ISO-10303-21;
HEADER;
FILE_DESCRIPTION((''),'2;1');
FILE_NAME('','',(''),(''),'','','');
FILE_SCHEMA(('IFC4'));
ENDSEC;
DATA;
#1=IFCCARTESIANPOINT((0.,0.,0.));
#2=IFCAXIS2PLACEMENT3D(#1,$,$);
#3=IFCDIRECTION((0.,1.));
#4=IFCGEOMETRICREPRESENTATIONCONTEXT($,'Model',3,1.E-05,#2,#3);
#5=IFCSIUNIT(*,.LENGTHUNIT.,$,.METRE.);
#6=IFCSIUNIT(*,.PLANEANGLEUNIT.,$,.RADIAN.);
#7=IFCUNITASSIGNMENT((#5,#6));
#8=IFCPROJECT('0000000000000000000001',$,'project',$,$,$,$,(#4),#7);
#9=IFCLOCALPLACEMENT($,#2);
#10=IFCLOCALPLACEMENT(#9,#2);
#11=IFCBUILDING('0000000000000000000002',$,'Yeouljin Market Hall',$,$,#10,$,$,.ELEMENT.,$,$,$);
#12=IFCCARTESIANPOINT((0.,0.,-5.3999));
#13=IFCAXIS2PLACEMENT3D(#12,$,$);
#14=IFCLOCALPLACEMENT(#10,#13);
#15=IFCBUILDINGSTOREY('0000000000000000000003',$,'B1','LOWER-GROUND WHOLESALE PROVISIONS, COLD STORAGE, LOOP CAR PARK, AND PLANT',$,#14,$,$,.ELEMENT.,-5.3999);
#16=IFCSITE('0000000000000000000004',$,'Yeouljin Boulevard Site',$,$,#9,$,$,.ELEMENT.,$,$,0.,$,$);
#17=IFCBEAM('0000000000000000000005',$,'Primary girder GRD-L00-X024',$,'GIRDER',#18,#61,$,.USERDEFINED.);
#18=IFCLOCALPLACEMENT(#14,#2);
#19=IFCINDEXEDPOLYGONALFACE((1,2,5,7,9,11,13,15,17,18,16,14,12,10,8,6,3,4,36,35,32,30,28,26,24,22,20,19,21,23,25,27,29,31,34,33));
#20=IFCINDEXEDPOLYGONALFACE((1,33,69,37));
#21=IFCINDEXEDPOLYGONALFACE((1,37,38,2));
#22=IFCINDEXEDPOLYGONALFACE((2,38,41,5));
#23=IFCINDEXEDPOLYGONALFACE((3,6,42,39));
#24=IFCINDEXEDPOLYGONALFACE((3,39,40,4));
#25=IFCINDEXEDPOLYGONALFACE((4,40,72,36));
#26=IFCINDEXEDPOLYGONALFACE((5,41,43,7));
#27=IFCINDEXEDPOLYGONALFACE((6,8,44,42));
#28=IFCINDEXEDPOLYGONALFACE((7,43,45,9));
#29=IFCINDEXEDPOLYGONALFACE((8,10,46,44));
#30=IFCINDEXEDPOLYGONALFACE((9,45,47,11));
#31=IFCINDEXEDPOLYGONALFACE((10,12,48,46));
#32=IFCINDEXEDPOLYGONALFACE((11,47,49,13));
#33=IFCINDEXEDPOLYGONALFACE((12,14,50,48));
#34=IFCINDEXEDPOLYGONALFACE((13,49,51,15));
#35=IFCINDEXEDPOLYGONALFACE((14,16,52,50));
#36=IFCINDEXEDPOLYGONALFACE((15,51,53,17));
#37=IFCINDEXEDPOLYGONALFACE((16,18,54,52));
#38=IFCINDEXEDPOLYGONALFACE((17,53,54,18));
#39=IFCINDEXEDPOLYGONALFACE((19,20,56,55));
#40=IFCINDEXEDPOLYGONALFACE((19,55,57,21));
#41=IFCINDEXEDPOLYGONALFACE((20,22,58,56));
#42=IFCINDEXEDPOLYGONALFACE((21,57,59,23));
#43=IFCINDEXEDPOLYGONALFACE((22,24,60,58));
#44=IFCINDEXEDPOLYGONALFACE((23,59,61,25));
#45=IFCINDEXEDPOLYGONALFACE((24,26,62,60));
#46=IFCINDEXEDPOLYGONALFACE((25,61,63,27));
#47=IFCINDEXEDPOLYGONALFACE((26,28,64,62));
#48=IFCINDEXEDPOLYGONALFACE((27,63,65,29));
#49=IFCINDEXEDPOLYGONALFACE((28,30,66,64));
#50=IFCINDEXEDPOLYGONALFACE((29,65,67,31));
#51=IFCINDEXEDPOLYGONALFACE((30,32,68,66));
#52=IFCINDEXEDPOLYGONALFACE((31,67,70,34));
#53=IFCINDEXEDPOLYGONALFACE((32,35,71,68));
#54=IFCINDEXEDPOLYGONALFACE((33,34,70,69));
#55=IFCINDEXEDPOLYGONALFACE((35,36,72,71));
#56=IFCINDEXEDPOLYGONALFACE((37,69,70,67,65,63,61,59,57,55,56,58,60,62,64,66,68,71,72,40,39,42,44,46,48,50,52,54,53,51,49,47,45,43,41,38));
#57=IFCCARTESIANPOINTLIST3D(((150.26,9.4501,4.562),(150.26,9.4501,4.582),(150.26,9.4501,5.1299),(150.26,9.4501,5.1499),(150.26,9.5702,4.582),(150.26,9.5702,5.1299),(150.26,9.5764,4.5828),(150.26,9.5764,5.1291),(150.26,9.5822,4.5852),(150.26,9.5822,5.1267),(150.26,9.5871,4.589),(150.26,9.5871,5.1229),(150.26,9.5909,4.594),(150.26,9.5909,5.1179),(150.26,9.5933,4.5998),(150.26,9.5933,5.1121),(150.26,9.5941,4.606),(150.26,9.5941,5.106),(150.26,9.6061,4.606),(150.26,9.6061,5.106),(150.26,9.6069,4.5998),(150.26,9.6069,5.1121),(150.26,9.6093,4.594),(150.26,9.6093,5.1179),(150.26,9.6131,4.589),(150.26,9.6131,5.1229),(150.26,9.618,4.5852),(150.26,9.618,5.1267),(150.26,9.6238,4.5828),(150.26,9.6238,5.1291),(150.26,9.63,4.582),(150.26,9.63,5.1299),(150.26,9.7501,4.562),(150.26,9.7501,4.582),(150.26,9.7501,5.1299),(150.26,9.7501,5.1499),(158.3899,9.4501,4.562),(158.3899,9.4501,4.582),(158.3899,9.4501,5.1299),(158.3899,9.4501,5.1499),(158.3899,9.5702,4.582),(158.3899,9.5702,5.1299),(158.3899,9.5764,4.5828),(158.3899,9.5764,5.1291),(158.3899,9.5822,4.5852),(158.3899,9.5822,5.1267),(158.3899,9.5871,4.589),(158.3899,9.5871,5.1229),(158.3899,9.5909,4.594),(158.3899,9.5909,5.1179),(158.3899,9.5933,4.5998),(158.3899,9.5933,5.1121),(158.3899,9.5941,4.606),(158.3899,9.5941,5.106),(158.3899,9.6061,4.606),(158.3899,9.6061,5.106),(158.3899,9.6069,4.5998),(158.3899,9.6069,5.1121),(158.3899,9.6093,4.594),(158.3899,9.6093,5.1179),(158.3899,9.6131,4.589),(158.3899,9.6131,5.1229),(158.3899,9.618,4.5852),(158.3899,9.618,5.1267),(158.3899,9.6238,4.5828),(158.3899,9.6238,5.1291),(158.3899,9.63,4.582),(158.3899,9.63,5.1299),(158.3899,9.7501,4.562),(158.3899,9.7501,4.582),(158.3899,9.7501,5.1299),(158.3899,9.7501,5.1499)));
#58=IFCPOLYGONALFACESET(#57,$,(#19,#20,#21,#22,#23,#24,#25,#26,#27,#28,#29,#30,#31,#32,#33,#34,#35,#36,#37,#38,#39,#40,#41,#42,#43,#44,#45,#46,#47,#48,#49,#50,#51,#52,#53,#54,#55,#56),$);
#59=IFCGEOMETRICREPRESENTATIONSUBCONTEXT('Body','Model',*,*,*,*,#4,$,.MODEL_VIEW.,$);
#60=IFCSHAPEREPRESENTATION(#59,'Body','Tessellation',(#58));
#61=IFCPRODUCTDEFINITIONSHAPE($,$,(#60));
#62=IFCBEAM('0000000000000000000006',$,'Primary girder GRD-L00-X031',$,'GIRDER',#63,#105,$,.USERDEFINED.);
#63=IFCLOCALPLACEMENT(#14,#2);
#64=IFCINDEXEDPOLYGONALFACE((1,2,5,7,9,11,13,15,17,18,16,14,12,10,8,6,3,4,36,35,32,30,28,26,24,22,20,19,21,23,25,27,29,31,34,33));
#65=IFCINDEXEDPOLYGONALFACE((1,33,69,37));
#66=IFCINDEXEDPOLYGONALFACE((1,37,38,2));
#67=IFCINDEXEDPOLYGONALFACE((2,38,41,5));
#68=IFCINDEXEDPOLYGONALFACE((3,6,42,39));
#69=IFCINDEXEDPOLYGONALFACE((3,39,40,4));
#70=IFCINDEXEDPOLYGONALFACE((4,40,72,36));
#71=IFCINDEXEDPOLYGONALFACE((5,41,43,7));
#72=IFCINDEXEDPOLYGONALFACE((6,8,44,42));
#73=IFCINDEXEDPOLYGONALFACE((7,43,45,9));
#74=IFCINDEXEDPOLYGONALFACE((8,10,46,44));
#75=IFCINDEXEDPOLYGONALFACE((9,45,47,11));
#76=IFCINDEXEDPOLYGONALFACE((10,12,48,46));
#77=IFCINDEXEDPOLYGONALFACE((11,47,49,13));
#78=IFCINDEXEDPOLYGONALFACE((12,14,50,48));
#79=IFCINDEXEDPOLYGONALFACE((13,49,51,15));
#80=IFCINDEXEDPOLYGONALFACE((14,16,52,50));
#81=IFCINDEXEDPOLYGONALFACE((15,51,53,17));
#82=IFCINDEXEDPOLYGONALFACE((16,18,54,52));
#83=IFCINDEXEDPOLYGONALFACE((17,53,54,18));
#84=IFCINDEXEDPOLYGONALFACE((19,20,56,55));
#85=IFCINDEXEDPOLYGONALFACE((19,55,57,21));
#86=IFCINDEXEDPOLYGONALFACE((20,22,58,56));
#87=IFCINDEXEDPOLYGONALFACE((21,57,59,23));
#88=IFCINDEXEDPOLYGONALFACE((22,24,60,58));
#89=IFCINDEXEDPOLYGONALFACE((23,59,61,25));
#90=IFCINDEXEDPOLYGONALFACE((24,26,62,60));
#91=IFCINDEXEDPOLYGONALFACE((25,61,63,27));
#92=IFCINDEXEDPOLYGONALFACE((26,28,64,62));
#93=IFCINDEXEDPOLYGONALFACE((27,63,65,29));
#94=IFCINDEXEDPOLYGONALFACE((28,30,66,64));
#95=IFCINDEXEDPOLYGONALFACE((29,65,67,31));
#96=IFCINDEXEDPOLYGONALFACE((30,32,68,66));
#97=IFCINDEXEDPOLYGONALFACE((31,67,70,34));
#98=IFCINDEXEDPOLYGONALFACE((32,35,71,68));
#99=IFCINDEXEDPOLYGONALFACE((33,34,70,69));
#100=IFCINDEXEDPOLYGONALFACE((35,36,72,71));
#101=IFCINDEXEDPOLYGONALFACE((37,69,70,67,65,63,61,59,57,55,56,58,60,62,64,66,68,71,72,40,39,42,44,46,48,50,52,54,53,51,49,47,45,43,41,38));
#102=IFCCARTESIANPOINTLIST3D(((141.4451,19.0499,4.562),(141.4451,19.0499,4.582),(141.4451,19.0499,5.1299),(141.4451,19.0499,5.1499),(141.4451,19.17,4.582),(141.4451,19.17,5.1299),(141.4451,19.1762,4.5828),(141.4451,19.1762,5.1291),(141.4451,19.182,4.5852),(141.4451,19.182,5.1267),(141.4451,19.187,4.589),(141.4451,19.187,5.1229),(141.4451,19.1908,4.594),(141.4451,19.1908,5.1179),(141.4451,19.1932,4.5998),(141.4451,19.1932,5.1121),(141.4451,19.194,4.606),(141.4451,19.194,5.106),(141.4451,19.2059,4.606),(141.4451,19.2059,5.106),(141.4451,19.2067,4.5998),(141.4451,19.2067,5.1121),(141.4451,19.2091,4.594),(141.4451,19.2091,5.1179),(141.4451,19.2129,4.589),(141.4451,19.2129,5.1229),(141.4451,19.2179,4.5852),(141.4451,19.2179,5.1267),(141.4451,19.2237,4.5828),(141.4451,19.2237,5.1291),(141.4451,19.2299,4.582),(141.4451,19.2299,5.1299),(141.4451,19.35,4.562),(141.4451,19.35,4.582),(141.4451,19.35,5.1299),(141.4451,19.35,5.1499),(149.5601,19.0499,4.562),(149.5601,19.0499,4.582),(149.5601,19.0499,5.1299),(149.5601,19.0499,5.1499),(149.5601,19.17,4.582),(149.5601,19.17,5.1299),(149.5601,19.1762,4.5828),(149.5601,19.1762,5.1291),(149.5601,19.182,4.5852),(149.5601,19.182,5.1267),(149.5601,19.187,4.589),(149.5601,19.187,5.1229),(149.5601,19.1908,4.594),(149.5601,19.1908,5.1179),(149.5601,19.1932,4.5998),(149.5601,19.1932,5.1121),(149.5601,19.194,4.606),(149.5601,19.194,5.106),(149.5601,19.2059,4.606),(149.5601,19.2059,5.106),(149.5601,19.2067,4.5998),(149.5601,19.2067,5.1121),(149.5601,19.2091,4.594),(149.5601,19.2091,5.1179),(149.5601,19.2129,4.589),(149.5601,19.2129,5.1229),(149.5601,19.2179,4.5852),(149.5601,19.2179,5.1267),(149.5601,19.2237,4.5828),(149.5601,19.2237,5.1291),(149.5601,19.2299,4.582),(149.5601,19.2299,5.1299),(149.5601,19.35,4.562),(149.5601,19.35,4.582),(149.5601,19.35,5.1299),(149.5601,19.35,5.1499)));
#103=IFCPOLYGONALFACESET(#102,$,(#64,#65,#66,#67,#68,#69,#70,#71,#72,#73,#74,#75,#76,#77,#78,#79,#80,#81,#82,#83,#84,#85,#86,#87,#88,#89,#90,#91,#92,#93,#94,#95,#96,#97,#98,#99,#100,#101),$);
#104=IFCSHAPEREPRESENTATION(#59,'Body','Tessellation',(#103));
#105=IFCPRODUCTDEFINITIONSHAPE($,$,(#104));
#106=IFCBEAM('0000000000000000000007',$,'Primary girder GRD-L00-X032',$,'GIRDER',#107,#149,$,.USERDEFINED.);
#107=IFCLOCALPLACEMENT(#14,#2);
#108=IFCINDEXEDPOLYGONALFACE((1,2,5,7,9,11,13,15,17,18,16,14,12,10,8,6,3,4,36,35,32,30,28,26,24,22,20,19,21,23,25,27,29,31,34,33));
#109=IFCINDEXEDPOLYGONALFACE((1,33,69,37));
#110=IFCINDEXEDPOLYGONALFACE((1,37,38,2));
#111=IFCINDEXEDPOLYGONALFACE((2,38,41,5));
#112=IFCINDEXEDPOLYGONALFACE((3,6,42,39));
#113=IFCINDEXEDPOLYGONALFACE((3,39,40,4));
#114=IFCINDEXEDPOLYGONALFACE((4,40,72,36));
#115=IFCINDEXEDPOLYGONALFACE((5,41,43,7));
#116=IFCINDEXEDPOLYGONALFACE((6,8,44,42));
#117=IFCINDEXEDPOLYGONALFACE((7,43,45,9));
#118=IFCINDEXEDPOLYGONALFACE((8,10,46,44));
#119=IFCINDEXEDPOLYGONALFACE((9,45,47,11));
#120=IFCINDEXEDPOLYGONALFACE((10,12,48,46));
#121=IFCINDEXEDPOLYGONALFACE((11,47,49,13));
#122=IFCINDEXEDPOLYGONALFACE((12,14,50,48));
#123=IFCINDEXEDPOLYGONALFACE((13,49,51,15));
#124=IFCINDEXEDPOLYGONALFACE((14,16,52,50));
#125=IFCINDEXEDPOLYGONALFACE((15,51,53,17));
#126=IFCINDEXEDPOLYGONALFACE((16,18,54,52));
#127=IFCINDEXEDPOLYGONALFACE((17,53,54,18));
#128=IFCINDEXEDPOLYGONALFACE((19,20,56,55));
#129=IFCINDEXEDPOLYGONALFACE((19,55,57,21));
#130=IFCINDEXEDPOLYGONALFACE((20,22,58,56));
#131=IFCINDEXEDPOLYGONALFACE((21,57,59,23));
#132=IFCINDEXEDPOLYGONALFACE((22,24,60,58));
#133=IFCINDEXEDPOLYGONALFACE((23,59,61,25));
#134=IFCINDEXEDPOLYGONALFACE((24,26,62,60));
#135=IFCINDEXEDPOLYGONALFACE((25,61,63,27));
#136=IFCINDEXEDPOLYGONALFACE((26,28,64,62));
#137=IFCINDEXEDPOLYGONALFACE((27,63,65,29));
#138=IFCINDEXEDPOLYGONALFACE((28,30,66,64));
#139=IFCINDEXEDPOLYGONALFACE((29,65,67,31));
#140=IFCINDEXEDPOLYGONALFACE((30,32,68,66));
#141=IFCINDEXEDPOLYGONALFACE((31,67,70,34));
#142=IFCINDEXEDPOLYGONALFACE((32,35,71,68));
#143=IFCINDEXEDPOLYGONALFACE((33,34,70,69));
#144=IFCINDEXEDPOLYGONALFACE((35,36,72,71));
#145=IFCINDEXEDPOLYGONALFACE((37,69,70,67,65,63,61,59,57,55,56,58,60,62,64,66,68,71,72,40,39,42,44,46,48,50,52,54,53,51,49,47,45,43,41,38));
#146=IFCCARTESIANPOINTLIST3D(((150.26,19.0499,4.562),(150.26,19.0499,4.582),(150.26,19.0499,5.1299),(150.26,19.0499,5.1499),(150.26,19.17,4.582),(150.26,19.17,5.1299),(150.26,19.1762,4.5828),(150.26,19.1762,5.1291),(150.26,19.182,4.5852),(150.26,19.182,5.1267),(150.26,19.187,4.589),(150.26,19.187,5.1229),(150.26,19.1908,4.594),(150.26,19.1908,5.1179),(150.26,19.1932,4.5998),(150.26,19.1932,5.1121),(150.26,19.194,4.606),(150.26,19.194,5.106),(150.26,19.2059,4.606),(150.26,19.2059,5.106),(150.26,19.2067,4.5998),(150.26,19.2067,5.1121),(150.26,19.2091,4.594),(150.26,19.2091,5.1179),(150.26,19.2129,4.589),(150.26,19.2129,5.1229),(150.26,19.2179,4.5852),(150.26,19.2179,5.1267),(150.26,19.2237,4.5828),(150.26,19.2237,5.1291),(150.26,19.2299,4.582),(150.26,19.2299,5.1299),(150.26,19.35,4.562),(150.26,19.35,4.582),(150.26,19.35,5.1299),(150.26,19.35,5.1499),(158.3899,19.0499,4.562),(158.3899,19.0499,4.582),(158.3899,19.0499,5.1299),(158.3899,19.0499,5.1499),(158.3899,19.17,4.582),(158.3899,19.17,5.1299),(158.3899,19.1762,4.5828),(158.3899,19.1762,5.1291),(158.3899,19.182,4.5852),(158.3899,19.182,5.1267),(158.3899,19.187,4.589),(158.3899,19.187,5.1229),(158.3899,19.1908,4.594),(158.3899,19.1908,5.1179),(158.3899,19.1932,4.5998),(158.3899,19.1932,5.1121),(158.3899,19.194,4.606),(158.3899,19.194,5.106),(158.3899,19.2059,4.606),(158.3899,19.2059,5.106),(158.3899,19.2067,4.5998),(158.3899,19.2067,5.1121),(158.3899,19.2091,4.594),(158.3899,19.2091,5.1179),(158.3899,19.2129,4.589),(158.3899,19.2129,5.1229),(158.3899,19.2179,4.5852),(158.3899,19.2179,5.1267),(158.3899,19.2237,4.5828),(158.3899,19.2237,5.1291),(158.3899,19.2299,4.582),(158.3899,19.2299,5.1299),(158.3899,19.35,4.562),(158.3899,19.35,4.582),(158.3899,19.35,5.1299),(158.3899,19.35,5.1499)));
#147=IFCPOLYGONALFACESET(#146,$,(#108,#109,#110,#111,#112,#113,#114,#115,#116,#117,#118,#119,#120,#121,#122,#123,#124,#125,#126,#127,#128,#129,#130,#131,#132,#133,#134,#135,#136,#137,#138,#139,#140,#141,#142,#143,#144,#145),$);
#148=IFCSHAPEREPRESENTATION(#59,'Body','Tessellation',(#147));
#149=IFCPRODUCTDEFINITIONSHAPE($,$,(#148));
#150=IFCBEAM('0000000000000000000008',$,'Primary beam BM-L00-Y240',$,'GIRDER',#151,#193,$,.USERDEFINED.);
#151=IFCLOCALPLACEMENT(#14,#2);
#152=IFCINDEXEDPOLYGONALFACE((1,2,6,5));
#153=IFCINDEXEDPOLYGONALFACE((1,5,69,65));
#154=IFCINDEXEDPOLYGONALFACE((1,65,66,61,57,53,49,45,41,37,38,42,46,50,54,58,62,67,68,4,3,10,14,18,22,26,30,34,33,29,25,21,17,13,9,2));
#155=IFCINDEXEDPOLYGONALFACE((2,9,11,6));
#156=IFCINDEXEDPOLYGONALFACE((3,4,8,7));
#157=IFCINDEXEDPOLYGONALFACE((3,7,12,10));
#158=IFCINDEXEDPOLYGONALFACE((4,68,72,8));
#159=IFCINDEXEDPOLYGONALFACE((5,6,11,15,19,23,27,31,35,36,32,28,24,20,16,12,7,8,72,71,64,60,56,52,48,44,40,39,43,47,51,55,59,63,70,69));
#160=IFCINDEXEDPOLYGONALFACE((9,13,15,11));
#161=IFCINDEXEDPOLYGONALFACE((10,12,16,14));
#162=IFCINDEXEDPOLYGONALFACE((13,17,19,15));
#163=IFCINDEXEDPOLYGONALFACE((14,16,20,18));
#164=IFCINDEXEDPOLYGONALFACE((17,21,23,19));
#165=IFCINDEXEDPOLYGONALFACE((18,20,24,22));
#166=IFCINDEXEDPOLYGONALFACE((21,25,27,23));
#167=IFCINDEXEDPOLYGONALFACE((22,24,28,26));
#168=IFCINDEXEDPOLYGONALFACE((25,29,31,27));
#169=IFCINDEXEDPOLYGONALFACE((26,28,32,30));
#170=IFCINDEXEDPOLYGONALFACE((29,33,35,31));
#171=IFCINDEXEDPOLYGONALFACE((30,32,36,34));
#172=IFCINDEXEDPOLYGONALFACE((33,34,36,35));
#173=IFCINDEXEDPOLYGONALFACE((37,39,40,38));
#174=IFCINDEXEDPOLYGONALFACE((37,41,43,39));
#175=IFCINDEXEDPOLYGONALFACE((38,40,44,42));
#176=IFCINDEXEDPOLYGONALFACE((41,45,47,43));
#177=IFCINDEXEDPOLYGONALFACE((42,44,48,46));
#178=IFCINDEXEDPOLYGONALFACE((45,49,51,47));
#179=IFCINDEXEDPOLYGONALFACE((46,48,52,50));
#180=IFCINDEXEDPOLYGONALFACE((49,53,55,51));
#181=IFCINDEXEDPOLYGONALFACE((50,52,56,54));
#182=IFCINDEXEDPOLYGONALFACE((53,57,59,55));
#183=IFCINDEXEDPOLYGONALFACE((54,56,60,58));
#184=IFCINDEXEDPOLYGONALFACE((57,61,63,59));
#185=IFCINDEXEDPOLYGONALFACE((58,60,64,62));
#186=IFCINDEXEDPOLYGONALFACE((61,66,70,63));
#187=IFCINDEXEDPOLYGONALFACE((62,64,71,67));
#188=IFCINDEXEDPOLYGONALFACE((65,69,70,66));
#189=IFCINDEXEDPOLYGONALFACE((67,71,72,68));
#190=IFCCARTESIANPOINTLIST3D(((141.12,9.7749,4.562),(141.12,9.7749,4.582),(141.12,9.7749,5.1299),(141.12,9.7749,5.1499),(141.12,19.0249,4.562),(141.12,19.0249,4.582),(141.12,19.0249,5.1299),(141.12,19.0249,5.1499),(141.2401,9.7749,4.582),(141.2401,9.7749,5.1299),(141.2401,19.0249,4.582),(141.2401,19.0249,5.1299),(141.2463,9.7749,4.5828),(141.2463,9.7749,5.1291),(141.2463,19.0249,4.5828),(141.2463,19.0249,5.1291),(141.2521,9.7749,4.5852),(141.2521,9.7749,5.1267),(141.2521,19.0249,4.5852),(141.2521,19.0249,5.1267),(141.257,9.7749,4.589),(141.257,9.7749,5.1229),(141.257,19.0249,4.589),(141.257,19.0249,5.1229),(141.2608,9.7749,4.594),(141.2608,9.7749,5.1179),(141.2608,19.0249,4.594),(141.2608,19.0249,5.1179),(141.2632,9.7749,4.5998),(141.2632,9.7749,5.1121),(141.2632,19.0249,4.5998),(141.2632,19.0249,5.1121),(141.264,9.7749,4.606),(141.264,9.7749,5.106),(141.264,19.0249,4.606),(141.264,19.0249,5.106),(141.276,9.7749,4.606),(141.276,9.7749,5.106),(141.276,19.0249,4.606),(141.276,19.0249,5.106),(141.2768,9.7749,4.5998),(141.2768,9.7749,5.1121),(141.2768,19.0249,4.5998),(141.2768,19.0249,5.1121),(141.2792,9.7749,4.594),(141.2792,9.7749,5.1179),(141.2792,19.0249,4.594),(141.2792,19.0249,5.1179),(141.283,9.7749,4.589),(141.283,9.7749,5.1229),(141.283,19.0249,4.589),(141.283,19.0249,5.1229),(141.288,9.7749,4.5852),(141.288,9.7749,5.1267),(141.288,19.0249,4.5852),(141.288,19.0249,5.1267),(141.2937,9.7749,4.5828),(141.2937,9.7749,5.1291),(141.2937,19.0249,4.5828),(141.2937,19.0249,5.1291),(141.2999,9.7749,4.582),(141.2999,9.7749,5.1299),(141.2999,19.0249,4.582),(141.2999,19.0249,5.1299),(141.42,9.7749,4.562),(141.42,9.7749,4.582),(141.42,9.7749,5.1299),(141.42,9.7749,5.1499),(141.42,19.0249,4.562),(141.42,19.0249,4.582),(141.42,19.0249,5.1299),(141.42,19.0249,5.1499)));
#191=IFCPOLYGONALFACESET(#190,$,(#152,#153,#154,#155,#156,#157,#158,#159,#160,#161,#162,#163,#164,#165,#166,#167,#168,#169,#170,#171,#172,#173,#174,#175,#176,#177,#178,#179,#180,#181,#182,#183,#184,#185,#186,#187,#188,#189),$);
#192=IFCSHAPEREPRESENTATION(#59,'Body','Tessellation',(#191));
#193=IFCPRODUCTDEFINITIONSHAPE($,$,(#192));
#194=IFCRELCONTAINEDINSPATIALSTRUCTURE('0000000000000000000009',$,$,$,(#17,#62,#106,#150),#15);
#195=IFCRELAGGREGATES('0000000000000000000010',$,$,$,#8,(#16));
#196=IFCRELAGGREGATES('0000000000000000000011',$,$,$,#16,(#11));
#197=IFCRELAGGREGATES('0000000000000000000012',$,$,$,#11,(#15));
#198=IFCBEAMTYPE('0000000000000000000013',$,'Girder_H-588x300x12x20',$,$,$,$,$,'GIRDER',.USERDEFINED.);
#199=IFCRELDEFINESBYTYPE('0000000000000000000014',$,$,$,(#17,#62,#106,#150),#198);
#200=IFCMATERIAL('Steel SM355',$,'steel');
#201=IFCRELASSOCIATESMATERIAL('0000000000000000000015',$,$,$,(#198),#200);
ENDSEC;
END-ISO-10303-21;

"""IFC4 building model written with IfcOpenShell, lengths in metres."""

from ifc_helpers import new_model, si_unit, direction, frame, origin, origin_2d, place, context, subcontext, project, spatial, i_section, extrude, material, material_profile, profile_set, type_object, element, save


model = new_model("IFC4")

# Units and contexts
model_context = context("Model", 3, precision=1e-05, world=origin(), true_north=direction((0.0, 1.0)))
body_context = subcontext(model_context, "Body", "Model", "MODEL_VIEW")
ifc_project = project(units=[si_unit("LENGTHUNIT", "METRE"), si_unit("PLANEANGLEUNIT", "RADIAN")], contexts=[model_context])

# Site, building, storey
site_placement = place(None, origin())
site = spatial("IfcSite", under=ifc_project, at=site_placement, Name="Yeouljin Boulevard Site", CompositionType="ELEMENT", RefElevation=0.0)
building_placement = place(site_placement, origin())
building = spatial("IfcBuilding", under=site, at=building_placement, Name="Yeouljin Market Hall", CompositionType="ELEMENT")
storey_placement = place(building_placement, frame((0.0, 0.0, -5.3999)))
storey = spatial("IfcBuildingStorey", under=building, at=storey_placement, Name="B1", Description="LOWER-GROUND WHOLESALE PROVISIONS, COLD STORAGE, LOOP CAR PARK, AND PLANT", CompositionType="ELEMENT", Elevation=-5.3999)

# Beams
ifc_material_1 = material(Name="Steel SM355", Category="steel")
ifc_material_profile_1 = material_profile(ifc_material_1, i_section(OverallWidth=0.3, OverallDepth=0.5879, WebThickness=0.012, FlangeThickness=0.02, FilletRadius=0.0239, at=origin_2d()), Name="H-588x300x12x20")
ifc_profile_set_1 = profile_set([ifc_material_profile_1], Name="Steel SM355")
beam_type_1 = type_object("IfcBeamType", Name="Girder_H-588x300x12x20", ElementType="GIRDER", PredefinedType="USERDEFINED", material=ifc_profile_set_1)
beam_1_placement = place(storey_placement, frame((150.26, 9.6001, 4.856), z_axis=(1.0, 0.0, 0.0), x_axis=(0.0, 1.0, 0.0)))
element("IfcBeam", 1, at=beam_1_placement, inside=storey, type_object=beam_type_1, Name="Primary girder GRD-L00-X024", ObjectType="GIRDER", PredefinedType="USERDEFINED", context=body_context, shape_type="SweptSolid", body=[
    extrude(i_section(OverallWidth=0.3, OverallDepth=0.5879, WebThickness=0.012, FlangeThickness=0.02, FilletRadius=0.0239, at=origin_2d()), origin(), (0.0, 0.0, 1.0), 8.1299),
])
beam_2_placement = place(storey_placement, frame((141.4451, 19.2, 4.856), z_axis=(1.0, 0.0, 0.0), x_axis=(0.0, 1.0, 0.0)))
element("IfcBeam", 2, at=beam_2_placement, inside=storey, type_object=beam_type_1, Name="Primary girder GRD-L00-X031", ObjectType="GIRDER", PredefinedType="USERDEFINED", context=body_context, shape_type="SweptSolid", body=[
    extrude(i_section(OverallWidth=0.3, OverallDepth=0.5879, WebThickness=0.012, FlangeThickness=0.02, FilletRadius=0.0239, at=origin_2d()), origin(), (0.0, 0.0, 1.0), 8.115),
])
beam_3_placement = place(storey_placement, frame((150.26, 19.2, 4.856), z_axis=(1.0, 0.0, 0.0), x_axis=(0.0, 1.0, 0.0)))
element("IfcBeam", 3, at=beam_3_placement, inside=storey, type_object=beam_type_1, Name="Primary girder GRD-L00-X032", ObjectType="GIRDER", PredefinedType="USERDEFINED", context=body_context, shape_type="SweptSolid", body=[
    extrude(i_section(OverallWidth=0.3, OverallDepth=0.5879, WebThickness=0.012, FlangeThickness=0.02, FilletRadius=0.0239, at=origin_2d()), origin(), (0.0, 0.0, 1.0), 8.1299),
])
beam_4_placement = place(storey_placement, frame((141.27, 9.7749, 4.856), z_axis=(0.0, 1.0, 0.0), x_axis=(-1.0, 0.0, 0.0)))
element("IfcBeam", 4, at=beam_4_placement, inside=storey, type_object=beam_type_1, Name="Primary beam BM-L00-Y240", ObjectType="GIRDER", PredefinedType="USERDEFINED", context=body_context, shape_type="SweptSolid", body=[
    extrude(i_section(OverallWidth=0.3, OverallDepth=0.5879, WebThickness=0.012, FlangeThickness=0.02, FilletRadius=0.0239, at=origin_2d()), origin(), (0.0, 0.0, 1.0), 9.25),
])

save(model, "model.ifc")
